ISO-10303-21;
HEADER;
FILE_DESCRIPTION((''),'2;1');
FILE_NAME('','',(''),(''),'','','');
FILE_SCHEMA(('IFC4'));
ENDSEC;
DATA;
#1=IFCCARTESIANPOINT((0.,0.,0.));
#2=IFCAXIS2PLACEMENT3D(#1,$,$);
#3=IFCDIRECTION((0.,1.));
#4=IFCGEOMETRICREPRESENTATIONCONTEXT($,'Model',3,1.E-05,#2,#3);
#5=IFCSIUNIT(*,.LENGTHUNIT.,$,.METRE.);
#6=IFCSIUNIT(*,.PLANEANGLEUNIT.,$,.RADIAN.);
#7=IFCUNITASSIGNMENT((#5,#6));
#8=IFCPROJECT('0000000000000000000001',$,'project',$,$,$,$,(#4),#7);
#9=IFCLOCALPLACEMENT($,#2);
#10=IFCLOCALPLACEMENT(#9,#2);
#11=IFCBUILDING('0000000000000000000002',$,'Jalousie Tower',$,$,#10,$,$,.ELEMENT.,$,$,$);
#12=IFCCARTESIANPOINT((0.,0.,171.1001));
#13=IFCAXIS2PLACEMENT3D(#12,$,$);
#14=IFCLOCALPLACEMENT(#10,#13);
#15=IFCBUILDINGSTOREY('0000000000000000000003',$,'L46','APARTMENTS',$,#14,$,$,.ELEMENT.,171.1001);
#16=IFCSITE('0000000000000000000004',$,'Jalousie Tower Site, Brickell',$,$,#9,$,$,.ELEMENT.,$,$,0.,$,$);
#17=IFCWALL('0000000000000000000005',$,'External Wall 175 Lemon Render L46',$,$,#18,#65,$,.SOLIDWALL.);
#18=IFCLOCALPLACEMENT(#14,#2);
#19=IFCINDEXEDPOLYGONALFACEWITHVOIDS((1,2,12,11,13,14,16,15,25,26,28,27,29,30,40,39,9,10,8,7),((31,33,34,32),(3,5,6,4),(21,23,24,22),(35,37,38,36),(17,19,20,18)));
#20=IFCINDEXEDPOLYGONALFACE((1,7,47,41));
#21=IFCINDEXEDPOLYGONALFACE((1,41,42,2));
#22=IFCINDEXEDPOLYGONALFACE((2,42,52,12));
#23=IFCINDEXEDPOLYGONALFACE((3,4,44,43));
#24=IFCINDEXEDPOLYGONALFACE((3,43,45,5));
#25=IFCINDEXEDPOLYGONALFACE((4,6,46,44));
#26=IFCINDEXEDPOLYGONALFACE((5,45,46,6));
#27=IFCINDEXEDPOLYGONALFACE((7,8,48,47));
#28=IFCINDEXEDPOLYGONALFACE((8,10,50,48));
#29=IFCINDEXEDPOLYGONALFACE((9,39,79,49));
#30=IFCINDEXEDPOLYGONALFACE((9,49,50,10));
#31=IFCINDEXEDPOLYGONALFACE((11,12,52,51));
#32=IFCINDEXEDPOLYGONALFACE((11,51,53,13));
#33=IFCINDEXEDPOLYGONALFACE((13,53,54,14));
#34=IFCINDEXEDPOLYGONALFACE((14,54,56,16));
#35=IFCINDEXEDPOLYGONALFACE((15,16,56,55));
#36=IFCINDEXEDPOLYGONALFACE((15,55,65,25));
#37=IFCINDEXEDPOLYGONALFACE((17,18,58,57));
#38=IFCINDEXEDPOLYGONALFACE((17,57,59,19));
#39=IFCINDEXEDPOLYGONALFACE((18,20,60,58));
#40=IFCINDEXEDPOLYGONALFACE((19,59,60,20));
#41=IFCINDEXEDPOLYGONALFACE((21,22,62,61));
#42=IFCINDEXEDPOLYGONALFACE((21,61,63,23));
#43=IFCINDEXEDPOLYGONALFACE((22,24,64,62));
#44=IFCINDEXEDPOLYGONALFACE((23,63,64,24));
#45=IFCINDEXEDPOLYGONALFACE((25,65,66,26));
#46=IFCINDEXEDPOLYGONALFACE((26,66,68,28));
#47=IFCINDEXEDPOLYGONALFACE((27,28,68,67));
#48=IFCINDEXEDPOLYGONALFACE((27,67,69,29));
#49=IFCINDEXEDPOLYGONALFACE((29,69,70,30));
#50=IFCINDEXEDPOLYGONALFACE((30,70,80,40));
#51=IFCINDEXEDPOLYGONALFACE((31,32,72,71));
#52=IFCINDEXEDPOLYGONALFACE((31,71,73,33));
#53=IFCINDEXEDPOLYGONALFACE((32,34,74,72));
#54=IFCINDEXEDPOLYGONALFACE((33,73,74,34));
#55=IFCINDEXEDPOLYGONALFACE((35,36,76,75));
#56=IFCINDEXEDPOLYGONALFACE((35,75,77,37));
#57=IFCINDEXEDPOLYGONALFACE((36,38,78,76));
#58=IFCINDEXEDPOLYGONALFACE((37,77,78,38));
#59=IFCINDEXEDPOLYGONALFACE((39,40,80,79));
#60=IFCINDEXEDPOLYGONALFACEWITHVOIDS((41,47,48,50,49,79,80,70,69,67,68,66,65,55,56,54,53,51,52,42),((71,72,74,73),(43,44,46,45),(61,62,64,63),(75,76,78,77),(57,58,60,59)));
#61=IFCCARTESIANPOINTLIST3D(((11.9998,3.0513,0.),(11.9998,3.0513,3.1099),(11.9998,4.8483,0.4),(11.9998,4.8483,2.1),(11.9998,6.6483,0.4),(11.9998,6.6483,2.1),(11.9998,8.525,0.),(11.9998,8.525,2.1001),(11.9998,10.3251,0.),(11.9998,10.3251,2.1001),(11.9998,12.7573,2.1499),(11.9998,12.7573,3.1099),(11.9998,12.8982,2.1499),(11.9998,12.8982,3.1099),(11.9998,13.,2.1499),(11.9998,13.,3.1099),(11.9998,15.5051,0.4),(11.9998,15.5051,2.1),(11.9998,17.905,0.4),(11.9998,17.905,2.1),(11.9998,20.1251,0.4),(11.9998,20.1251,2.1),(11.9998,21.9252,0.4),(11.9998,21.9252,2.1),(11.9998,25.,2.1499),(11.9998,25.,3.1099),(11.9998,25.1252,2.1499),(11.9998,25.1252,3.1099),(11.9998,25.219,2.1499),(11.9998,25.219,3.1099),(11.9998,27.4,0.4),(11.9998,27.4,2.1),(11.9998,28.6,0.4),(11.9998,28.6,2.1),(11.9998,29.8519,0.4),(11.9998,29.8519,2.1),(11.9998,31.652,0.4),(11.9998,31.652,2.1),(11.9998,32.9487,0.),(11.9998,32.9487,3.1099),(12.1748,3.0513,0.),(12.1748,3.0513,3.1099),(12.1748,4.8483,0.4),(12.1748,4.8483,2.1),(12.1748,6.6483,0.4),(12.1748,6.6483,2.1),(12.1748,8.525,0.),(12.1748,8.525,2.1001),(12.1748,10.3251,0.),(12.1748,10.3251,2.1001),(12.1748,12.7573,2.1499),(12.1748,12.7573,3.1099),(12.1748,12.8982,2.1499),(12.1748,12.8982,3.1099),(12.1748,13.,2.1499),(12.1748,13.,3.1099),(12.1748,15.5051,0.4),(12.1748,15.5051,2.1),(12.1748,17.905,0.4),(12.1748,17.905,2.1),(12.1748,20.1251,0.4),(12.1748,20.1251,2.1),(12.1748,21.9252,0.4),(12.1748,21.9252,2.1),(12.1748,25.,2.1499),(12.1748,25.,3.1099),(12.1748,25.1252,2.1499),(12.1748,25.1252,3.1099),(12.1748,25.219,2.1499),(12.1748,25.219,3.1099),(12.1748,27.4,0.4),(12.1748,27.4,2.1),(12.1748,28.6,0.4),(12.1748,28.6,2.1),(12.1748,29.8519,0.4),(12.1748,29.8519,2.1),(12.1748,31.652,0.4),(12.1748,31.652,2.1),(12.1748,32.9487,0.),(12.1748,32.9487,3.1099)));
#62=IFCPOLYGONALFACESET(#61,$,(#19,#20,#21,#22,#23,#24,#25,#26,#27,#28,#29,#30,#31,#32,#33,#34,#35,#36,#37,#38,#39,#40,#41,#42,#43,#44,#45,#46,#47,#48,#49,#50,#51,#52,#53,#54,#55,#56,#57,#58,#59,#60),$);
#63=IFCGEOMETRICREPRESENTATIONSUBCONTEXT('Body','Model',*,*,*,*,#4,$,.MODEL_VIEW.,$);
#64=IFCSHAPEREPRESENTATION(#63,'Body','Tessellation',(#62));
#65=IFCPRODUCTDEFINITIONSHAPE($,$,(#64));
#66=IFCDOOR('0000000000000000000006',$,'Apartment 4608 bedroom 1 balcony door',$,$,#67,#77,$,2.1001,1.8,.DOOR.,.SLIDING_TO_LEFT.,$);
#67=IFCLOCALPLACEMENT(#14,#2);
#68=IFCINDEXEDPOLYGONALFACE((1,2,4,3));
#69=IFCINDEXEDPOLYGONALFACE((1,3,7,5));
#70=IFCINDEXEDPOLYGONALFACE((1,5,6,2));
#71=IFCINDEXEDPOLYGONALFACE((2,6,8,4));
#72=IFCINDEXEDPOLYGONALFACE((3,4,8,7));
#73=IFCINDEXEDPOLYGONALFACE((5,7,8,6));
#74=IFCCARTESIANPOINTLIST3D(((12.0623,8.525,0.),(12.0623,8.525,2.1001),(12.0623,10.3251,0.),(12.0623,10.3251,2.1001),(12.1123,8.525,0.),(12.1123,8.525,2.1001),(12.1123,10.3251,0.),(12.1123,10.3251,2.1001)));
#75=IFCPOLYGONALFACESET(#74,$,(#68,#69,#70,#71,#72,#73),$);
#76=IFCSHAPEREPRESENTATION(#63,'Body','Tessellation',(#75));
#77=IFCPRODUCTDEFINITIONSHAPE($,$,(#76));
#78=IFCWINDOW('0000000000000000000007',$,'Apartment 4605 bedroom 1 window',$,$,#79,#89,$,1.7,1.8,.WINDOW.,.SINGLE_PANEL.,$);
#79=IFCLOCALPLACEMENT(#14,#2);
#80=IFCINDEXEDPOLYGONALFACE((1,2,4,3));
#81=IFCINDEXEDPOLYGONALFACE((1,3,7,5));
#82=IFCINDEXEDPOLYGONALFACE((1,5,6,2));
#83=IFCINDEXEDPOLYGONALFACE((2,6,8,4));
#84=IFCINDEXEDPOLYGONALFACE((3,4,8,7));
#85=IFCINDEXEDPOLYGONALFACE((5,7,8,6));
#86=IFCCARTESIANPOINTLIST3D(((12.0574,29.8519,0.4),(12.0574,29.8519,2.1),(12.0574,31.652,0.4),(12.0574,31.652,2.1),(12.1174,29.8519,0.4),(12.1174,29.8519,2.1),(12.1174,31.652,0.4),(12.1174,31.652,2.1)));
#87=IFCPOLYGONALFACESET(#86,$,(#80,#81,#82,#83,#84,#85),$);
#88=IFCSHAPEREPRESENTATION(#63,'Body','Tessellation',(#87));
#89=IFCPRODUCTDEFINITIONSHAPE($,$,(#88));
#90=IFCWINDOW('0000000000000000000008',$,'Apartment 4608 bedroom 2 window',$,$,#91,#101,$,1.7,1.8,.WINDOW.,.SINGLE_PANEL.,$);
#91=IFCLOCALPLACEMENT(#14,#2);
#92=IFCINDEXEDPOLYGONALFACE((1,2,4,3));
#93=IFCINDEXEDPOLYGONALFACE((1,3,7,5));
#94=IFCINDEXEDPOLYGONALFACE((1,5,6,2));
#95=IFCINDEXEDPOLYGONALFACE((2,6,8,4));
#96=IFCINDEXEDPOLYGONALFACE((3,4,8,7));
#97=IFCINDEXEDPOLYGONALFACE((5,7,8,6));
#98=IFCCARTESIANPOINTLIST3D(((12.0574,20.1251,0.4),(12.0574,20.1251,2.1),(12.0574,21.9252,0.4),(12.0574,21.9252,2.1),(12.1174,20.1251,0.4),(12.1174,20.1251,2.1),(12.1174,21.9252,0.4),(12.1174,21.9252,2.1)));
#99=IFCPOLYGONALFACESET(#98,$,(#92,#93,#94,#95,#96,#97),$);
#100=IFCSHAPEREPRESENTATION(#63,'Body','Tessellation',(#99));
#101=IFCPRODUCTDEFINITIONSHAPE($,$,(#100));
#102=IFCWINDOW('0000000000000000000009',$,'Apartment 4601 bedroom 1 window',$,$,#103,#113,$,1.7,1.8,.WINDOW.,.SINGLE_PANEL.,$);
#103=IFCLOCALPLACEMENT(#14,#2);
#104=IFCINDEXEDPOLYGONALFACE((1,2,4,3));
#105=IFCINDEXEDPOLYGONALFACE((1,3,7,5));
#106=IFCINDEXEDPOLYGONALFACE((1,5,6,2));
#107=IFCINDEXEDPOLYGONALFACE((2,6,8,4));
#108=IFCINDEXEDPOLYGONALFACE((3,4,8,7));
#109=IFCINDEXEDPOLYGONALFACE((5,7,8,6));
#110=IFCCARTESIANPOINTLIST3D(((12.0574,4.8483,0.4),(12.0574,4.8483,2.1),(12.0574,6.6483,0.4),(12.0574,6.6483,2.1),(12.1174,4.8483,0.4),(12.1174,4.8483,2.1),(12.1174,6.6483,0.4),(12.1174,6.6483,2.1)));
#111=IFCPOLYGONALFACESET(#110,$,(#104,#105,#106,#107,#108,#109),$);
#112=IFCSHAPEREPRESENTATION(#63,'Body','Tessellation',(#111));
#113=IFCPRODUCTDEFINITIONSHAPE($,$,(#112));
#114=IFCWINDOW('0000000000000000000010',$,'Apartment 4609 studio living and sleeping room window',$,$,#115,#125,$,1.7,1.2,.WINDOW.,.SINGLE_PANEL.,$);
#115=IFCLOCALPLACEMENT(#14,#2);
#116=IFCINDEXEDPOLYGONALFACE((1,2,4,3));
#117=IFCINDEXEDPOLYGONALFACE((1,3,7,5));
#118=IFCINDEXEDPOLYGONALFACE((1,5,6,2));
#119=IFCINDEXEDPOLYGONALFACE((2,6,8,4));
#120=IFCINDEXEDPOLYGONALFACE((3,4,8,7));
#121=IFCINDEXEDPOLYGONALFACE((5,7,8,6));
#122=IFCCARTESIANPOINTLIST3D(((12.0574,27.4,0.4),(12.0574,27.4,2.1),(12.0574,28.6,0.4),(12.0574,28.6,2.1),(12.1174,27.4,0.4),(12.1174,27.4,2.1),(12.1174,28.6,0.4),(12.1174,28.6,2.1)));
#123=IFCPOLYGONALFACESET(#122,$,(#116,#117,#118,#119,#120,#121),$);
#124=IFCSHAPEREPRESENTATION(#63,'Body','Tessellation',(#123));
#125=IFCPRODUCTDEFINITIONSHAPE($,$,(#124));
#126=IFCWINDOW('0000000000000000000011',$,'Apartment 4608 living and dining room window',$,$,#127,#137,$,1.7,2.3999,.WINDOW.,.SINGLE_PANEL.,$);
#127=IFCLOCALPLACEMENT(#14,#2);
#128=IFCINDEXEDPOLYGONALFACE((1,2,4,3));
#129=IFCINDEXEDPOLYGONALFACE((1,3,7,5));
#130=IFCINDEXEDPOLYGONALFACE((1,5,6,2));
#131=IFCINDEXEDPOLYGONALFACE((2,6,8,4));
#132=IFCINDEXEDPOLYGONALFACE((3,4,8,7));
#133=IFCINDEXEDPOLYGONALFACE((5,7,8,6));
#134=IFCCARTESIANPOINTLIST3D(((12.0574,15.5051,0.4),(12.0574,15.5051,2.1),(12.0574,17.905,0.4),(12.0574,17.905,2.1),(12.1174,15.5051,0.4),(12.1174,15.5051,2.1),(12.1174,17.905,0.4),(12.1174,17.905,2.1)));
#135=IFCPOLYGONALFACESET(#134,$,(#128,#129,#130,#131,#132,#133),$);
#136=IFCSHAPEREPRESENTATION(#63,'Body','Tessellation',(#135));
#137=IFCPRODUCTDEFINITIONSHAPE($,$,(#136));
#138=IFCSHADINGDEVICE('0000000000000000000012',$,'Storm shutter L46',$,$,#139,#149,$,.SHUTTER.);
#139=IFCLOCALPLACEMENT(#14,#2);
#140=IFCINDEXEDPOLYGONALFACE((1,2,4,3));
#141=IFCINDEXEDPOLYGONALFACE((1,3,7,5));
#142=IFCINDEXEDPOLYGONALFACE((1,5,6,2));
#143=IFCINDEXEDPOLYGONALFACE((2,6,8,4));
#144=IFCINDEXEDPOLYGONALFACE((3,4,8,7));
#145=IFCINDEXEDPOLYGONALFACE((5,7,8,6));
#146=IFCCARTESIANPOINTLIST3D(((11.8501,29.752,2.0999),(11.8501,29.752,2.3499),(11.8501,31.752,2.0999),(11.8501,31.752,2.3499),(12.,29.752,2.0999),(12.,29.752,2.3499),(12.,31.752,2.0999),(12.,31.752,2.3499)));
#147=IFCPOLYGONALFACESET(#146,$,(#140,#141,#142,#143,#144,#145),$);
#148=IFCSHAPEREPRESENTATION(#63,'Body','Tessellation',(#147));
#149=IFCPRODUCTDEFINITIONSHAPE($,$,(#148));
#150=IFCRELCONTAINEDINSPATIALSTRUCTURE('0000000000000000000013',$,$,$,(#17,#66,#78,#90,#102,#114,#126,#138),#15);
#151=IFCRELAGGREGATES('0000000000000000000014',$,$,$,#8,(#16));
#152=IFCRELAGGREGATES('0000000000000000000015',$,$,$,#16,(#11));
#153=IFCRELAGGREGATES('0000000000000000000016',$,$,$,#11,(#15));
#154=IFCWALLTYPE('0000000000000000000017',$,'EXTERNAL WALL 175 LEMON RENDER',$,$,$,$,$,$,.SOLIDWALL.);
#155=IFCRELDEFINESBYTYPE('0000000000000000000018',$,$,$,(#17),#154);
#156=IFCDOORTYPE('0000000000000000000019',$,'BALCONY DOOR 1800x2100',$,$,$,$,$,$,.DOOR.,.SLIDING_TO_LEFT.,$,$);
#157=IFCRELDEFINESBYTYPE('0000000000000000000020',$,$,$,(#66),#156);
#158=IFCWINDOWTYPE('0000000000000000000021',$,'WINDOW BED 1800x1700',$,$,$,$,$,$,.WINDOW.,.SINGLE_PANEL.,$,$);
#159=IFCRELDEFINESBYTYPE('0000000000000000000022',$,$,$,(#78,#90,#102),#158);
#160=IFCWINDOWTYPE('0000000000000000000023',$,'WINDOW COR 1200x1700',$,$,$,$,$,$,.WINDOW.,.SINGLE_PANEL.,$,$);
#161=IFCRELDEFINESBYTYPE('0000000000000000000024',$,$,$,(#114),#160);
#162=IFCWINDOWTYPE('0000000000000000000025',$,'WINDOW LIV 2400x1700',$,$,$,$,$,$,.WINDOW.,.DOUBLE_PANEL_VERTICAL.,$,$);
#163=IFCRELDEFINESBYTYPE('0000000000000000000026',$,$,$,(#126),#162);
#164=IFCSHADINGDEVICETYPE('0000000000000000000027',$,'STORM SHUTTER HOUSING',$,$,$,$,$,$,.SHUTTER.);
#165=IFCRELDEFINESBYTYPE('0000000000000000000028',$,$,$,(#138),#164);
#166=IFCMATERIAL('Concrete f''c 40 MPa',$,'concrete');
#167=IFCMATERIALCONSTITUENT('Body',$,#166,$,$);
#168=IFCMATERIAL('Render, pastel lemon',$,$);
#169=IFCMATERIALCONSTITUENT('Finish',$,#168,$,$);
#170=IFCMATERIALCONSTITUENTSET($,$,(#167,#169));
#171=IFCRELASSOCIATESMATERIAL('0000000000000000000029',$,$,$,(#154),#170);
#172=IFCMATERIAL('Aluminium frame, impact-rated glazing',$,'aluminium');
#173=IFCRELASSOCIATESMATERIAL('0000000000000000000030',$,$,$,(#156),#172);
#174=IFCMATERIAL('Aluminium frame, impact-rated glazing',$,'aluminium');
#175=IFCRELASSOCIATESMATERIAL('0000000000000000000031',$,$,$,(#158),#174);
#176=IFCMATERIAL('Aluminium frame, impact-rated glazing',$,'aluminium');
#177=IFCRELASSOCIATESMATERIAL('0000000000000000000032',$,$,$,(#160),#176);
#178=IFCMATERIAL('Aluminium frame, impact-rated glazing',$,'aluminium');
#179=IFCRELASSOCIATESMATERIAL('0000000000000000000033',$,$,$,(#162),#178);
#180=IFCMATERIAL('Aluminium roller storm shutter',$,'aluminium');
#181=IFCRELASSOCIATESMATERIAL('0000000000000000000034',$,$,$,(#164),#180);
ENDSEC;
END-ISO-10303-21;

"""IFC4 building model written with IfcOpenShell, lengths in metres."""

from ifc_helpers import new_model, si_unit, direction, frame, frame_2d, origin, origin_2d, place, context, subcontext, project, spatial, polyline, rectangle, outline, extrude, material, constituent, constituent_set, type_object, element, fill, save


model = new_model("IFC4")

# Units and contexts
model_context = context("Model", 3, precision=1e-05, world=origin(), true_north=direction((0.0, 1.0)))
body_context = subcontext(model_context, "Body", "Model", "MODEL_VIEW")
ifc_project = project(units=[si_unit("LENGTHUNIT", "METRE"), si_unit("PLANEANGLEUNIT", "RADIAN")], contexts=[model_context])

# Site, building, storey
site_placement = place(None, origin())
site = spatial("IfcSite", under=ifc_project, at=site_placement, Name="Jalousie Tower Site, Brickell", CompositionType="ELEMENT", RefElevation=0.0)
building_placement = place(site_placement, origin())
building = spatial("IfcBuilding", under=site, at=building_placement, Name="Jalousie Tower", CompositionType="ELEMENT")
storey_placement = place(building_placement, frame((0.0, 0.0, 171.1001)))
storey = spatial("IfcBuildingStorey", under=building, at=storey_placement, Name="L46", Description="APARTMENTS", CompositionType="ELEMENT", Elevation=171.1001)

# Wall, openings, door, windows
ifc_material_1 = material(Name="Concrete f'c 40 MPa", Category="concrete")
ifc_constituent_1 = constituent(ifc_material_1, Name="Body")
ifc_material_2 = material(Name="Render, pastel lemon")
ifc_constituent_2 = constituent(ifc_material_2, Name="Finish")
ifc_constituent_set = constituent_set(constituents=[ifc_constituent_1, ifc_constituent_2])
wall_type = type_object("IfcWallType", Name="EXTERNAL WALL 175 LEMON RENDER", PredefinedType="SOLIDWALL", material=ifc_constituent_set)
wall_placement = place(storey_placement, frame((12.0874, 32.9487, 0.0), z_axis=(0.0, 0.0, 1.0), x_axis=(0.0, -1.0, 0.0)))
wall = element("IfcWall", 1, at=wall_placement, inside=storey, type_object=wall_type, Name="External Wall 175 Lemon Render L46", PredefinedType="SOLIDWALL", context=body_context, shape_type="SweptSolid", body=[
    extrude(outline(polyline([(0.0, 0.0), (29.8975, 0.0), (29.8975, 3.1099), (20.1914, 3.1099), (20.1914, 2.1499), (20.0505, 2.1499), (20.0505, 3.1099), (19.9487, 3.1099), (19.9487, 2.1499), (7.9487, 2.1499), (7.9487, 3.1099), (7.8235, 3.1099), (7.8235, 2.1499), (7.7297, 2.1499), (7.7297, 3.1099), (0.0, 3.1099), (0.0, 0.0)])), frame((0.0, 0.0874, 0.0), z_axis=(0.0, -1.0, 0.0), x_axis=(1.0, 0.0, 0.0)), (0.0, 0.0, 1.0), 0.175),
])
opening_1_placement = place(wall_placement, frame((1.2969, 0.0, 0.3999)))
opening_1 = element("IfcOpeningElement", 2, at=opening_1_placement, cuts=wall, PredefinedType="OPENING", context=body_context, shape_type="SweptSolid", body=[
    extrude(rectangle(XDim=1.8, YDim=1.7, at=frame_2d((0.8999, 0.8501))), frame((0.0, 0.0974, 0.0), z_axis=(0.0, -1.0, 0.0), x_axis=(1.0, 0.0, 0.0)), (0.0, 0.0, 1.0), 0.1951),
])
opening_2_placement = place(wall_placement, frame((4.3486, 0.0, 0.3999)))
opening_2 = element("IfcOpeningElement", 3, at=opening_2_placement, cuts=wall, PredefinedType="OPENING", context=body_context, shape_type="SweptSolid", body=[
    extrude(rectangle(XDim=1.2, YDim=1.7, at=frame_2d((0.6001, 0.8501))), frame((0.0, 0.0974, 0.0), z_axis=(0.0, -1.0, 0.0), x_axis=(1.0, 0.0, 0.0)), (0.0, 0.0, 1.0), 0.1951),
])
opening_3_placement = place(wall_placement, frame((11.0237, 0.0, 0.3999)))
opening_3 = element("IfcOpeningElement", 4, at=opening_3_placement, cuts=wall, PredefinedType="OPENING", context=body_context, shape_type="SweptSolid", body=[
    extrude(rectangle(XDim=1.8, YDim=1.7, at=frame_2d((0.8999, 0.8501))), frame((0.0, 0.0974, 0.0), z_axis=(0.0, -1.0, 0.0), x_axis=(1.0, 0.0, 0.0)), (0.0, 0.0, 1.0), 0.1951),
])
opening_4_placement = place(wall_placement, frame((15.0437, 0.0, 0.3999)))
opening_4 = element("IfcOpeningElement", 5, at=opening_4_placement, cuts=wall, PredefinedType="OPENING", context=body_context, shape_type="SweptSolid", body=[
    extrude(rectangle(XDim=2.3999, YDim=1.7, at=frame_2d((1.2, 0.8501))), frame((0.0, 0.0974, 0.0), z_axis=(0.0, -1.0, 0.0), x_axis=(1.0, 0.0, 0.0)), (0.0, 0.0, 1.0), 0.1951),
])
opening_5_placement = place(wall_placement, frame((22.6238, 0.0, 0.0)))
opening_5 = element("IfcOpeningElement", 6, at=opening_5_placement, cuts=wall, PredefinedType="OPENING", context=body_context, shape_type="SweptSolid", body=[
    extrude(rectangle(XDim=1.8, YDim=2.1001, at=frame_2d((0.8999, 1.05))), frame((0.0, 0.0974, 0.0), z_axis=(0.0, -1.0, 0.0), x_axis=(1.0, 0.0, 0.0)), (0.0, 0.0, 1.0), 0.1951),
])
opening_6_placement = place(wall_placement, frame((26.3005, 0.0, 0.3999)))
opening_6 = element("IfcOpeningElement", 7, at=opening_6_placement, cuts=wall, PredefinedType="OPENING", context=body_context, shape_type="SweptSolid", body=[
    extrude(rectangle(XDim=1.8, YDim=1.7, at=frame_2d((0.8999, 0.8501))), frame((0.0, 0.0974, 0.0), z_axis=(0.0, -1.0, 0.0), x_axis=(1.0, 0.0, 0.0)), (0.0, 0.0, 1.0), 0.1951),
])
ifc_material_3 = material(Name="Aluminium frame, impact-rated glazing", Category="aluminium")
door_type = type_object("IfcDoorType", Name="BALCONY DOOR 1800x2100", OperationType="SLIDING_TO_LEFT", PredefinedType="DOOR", material=ifc_material_3)
door_placement = place(opening_5_placement, origin())
door = element("IfcDoor", 8, at=door_placement, inside=storey, type_object=door_type, Name="Apartment 4608 bedroom 1 balcony door", OperationType="SLIDING_TO_LEFT", OverallHeight=2.1001, OverallWidth=1.8, PredefinedType="DOOR", context=body_context, shape_type="SweptSolid", body=[
    extrude(rectangle(XDim=1.8, YDim=2.1001, at=frame_2d((0.8999, 1.05))), frame((0.0, 0.0249, 0.0), z_axis=(0.0, -1.0, 0.0), x_axis=(1.0, 0.0, 0.0)), (0.0, 0.0, 1.0), 0.05),
])
fill(opening_5, door)
ifc_material_4 = material(Name="Aluminium frame, impact-rated glazing", Category="aluminium")
window_type_1 = type_object("IfcWindowType", Name="WINDOW BED 1800x1700", PartitioningType="SINGLE_PANEL", PredefinedType="WINDOW", material=ifc_material_4)
window_1_placement = place(opening_1_placement, origin())
window_1 = element("IfcWindow", 9, at=window_1_placement, inside=storey, type_object=window_type_1, Name="Apartment 4605 bedroom 1 window", OverallHeight=1.7, OverallWidth=1.8, PartitioningType="SINGLE_PANEL", PredefinedType="WINDOW", context=body_context, shape_type="SweptSolid", body=[
    extrude(rectangle(XDim=1.8, YDim=1.7, at=frame_2d((0.8999, 0.8501))), frame((0.0, 0.03, 0.0), z_axis=(0.0, -1.0, 0.0), x_axis=(1.0, 0.0, 0.0)), (0.0, 0.0, 1.0), 0.0601),
])
fill(opening_1, window_1)
window_2_placement = place(opening_3_placement, origin())
window_2 = element("IfcWindow", 10, at=window_2_placement, inside=storey, type_object=window_type_1, Name="Apartment 4608 bedroom 2 window", OverallHeight=1.7, OverallWidth=1.8, PartitioningType="SINGLE_PANEL", PredefinedType="WINDOW", context=body_context, shape_type="SweptSolid", body=[
    extrude(rectangle(XDim=1.8, YDim=1.7, at=frame_2d((0.8999, 0.8501))), frame((0.0, 0.03, 0.0), z_axis=(0.0, -1.0, 0.0), x_axis=(1.0, 0.0, 0.0)), (0.0, 0.0, 1.0), 0.0601),
])
fill(opening_3, window_2)
window_3_placement = place(opening_6_placement, origin())
window_3 = element("IfcWindow", 11, at=window_3_placement, inside=storey, type_object=window_type_1, Name="Apartment 4601 bedroom 1 window", OverallHeight=1.7, OverallWidth=1.8, PartitioningType="SINGLE_PANEL", PredefinedType="WINDOW", context=body_context, shape_type="SweptSolid", body=[
    extrude(rectangle(XDim=1.8, YDim=1.7, at=frame_2d((0.8999, 0.8501))), frame((0.0, 0.03, 0.0), z_axis=(0.0, -1.0, 0.0), x_axis=(1.0, 0.0, 0.0)), (0.0, 0.0, 1.0), 0.0601),
])
fill(opening_6, window_3)
ifc_material_5 = material(Name="Aluminium frame, impact-rated glazing", Category="aluminium")
window_type_2 = type_object("IfcWindowType", Name="WINDOW COR 1200x1700", PartitioningType="SINGLE_PANEL", PredefinedType="WINDOW", material=ifc_material_5)
window_4_placement = place(opening_2_placement, origin())
window_4 = element("IfcWindow", 12, at=window_4_placement, inside=storey, type_object=window_type_2, Name="Apartment 4609 studio living and sleeping room window", OverallHeight=1.7, OverallWidth=1.2, PartitioningType="SINGLE_PANEL", PredefinedType="WINDOW", context=body_context, shape_type="SweptSolid", body=[
    extrude(rectangle(XDim=1.2, YDim=1.7, at=frame_2d((0.6001, 0.8501))), frame((0.0, 0.03, 0.0), z_axis=(0.0, -1.0, 0.0), x_axis=(1.0, 0.0, 0.0)), (0.0, 0.0, 1.0), 0.0601),
])
fill(opening_2, window_4)
ifc_material_6 = material(Name="Aluminium frame, impact-rated glazing", Category="aluminium")
window_type_3 = type_object("IfcWindowType", Name="WINDOW LIV 2400x1700", PartitioningType="DOUBLE_PANEL_VERTICAL", PredefinedType="WINDOW", material=ifc_material_6)
window_5_placement = place(opening_4_placement, origin())
window_5 = element("IfcWindow", 13, at=window_5_placement, inside=storey, type_object=window_type_3, Name="Apartment 4608 living and dining room window", OverallHeight=1.7, OverallWidth=2.3999, PartitioningType="SINGLE_PANEL", PredefinedType="WINDOW", context=body_context, shape_type="SweptSolid", body=[
    extrude(rectangle(XDim=2.3999, YDim=1.7, at=frame_2d((1.2, 0.8501))), frame((0.0, 0.03, 0.0), z_axis=(0.0, -1.0, 0.0), x_axis=(1.0, 0.0, 0.0)), (0.0, 0.0, 1.0), 0.0601),
])
fill(opening_4, window_5)

# Shading device
ifc_material_7 = material(Name="Aluminium roller storm shutter", Category="aluminium")
shading_device_type = type_object("IfcShadingDeviceType", Name="STORM SHUTTER HOUSING", PredefinedType="SHUTTER", material=ifc_material_7)
shading_device_placement = place(storey_placement, frame((11.925, 30.752, 2.0999), z_axis=(0.0, 0.0, 1.0), x_axis=(0.0, -1.0, 0.0)))
element("IfcShadingDevice", 14, at=shading_device_placement, inside=storey, type_object=shading_device_type, Name="Storm shutter L46", PredefinedType="SHUTTER", context=body_context, shape_type="SweptSolid", body=[
    extrude(rectangle(XDim=2.0, YDim=0.1499, at=origin_2d()), origin(), (0.0, 0.0, 1.0), 0.25),
])

save(model, "model.ifc")
